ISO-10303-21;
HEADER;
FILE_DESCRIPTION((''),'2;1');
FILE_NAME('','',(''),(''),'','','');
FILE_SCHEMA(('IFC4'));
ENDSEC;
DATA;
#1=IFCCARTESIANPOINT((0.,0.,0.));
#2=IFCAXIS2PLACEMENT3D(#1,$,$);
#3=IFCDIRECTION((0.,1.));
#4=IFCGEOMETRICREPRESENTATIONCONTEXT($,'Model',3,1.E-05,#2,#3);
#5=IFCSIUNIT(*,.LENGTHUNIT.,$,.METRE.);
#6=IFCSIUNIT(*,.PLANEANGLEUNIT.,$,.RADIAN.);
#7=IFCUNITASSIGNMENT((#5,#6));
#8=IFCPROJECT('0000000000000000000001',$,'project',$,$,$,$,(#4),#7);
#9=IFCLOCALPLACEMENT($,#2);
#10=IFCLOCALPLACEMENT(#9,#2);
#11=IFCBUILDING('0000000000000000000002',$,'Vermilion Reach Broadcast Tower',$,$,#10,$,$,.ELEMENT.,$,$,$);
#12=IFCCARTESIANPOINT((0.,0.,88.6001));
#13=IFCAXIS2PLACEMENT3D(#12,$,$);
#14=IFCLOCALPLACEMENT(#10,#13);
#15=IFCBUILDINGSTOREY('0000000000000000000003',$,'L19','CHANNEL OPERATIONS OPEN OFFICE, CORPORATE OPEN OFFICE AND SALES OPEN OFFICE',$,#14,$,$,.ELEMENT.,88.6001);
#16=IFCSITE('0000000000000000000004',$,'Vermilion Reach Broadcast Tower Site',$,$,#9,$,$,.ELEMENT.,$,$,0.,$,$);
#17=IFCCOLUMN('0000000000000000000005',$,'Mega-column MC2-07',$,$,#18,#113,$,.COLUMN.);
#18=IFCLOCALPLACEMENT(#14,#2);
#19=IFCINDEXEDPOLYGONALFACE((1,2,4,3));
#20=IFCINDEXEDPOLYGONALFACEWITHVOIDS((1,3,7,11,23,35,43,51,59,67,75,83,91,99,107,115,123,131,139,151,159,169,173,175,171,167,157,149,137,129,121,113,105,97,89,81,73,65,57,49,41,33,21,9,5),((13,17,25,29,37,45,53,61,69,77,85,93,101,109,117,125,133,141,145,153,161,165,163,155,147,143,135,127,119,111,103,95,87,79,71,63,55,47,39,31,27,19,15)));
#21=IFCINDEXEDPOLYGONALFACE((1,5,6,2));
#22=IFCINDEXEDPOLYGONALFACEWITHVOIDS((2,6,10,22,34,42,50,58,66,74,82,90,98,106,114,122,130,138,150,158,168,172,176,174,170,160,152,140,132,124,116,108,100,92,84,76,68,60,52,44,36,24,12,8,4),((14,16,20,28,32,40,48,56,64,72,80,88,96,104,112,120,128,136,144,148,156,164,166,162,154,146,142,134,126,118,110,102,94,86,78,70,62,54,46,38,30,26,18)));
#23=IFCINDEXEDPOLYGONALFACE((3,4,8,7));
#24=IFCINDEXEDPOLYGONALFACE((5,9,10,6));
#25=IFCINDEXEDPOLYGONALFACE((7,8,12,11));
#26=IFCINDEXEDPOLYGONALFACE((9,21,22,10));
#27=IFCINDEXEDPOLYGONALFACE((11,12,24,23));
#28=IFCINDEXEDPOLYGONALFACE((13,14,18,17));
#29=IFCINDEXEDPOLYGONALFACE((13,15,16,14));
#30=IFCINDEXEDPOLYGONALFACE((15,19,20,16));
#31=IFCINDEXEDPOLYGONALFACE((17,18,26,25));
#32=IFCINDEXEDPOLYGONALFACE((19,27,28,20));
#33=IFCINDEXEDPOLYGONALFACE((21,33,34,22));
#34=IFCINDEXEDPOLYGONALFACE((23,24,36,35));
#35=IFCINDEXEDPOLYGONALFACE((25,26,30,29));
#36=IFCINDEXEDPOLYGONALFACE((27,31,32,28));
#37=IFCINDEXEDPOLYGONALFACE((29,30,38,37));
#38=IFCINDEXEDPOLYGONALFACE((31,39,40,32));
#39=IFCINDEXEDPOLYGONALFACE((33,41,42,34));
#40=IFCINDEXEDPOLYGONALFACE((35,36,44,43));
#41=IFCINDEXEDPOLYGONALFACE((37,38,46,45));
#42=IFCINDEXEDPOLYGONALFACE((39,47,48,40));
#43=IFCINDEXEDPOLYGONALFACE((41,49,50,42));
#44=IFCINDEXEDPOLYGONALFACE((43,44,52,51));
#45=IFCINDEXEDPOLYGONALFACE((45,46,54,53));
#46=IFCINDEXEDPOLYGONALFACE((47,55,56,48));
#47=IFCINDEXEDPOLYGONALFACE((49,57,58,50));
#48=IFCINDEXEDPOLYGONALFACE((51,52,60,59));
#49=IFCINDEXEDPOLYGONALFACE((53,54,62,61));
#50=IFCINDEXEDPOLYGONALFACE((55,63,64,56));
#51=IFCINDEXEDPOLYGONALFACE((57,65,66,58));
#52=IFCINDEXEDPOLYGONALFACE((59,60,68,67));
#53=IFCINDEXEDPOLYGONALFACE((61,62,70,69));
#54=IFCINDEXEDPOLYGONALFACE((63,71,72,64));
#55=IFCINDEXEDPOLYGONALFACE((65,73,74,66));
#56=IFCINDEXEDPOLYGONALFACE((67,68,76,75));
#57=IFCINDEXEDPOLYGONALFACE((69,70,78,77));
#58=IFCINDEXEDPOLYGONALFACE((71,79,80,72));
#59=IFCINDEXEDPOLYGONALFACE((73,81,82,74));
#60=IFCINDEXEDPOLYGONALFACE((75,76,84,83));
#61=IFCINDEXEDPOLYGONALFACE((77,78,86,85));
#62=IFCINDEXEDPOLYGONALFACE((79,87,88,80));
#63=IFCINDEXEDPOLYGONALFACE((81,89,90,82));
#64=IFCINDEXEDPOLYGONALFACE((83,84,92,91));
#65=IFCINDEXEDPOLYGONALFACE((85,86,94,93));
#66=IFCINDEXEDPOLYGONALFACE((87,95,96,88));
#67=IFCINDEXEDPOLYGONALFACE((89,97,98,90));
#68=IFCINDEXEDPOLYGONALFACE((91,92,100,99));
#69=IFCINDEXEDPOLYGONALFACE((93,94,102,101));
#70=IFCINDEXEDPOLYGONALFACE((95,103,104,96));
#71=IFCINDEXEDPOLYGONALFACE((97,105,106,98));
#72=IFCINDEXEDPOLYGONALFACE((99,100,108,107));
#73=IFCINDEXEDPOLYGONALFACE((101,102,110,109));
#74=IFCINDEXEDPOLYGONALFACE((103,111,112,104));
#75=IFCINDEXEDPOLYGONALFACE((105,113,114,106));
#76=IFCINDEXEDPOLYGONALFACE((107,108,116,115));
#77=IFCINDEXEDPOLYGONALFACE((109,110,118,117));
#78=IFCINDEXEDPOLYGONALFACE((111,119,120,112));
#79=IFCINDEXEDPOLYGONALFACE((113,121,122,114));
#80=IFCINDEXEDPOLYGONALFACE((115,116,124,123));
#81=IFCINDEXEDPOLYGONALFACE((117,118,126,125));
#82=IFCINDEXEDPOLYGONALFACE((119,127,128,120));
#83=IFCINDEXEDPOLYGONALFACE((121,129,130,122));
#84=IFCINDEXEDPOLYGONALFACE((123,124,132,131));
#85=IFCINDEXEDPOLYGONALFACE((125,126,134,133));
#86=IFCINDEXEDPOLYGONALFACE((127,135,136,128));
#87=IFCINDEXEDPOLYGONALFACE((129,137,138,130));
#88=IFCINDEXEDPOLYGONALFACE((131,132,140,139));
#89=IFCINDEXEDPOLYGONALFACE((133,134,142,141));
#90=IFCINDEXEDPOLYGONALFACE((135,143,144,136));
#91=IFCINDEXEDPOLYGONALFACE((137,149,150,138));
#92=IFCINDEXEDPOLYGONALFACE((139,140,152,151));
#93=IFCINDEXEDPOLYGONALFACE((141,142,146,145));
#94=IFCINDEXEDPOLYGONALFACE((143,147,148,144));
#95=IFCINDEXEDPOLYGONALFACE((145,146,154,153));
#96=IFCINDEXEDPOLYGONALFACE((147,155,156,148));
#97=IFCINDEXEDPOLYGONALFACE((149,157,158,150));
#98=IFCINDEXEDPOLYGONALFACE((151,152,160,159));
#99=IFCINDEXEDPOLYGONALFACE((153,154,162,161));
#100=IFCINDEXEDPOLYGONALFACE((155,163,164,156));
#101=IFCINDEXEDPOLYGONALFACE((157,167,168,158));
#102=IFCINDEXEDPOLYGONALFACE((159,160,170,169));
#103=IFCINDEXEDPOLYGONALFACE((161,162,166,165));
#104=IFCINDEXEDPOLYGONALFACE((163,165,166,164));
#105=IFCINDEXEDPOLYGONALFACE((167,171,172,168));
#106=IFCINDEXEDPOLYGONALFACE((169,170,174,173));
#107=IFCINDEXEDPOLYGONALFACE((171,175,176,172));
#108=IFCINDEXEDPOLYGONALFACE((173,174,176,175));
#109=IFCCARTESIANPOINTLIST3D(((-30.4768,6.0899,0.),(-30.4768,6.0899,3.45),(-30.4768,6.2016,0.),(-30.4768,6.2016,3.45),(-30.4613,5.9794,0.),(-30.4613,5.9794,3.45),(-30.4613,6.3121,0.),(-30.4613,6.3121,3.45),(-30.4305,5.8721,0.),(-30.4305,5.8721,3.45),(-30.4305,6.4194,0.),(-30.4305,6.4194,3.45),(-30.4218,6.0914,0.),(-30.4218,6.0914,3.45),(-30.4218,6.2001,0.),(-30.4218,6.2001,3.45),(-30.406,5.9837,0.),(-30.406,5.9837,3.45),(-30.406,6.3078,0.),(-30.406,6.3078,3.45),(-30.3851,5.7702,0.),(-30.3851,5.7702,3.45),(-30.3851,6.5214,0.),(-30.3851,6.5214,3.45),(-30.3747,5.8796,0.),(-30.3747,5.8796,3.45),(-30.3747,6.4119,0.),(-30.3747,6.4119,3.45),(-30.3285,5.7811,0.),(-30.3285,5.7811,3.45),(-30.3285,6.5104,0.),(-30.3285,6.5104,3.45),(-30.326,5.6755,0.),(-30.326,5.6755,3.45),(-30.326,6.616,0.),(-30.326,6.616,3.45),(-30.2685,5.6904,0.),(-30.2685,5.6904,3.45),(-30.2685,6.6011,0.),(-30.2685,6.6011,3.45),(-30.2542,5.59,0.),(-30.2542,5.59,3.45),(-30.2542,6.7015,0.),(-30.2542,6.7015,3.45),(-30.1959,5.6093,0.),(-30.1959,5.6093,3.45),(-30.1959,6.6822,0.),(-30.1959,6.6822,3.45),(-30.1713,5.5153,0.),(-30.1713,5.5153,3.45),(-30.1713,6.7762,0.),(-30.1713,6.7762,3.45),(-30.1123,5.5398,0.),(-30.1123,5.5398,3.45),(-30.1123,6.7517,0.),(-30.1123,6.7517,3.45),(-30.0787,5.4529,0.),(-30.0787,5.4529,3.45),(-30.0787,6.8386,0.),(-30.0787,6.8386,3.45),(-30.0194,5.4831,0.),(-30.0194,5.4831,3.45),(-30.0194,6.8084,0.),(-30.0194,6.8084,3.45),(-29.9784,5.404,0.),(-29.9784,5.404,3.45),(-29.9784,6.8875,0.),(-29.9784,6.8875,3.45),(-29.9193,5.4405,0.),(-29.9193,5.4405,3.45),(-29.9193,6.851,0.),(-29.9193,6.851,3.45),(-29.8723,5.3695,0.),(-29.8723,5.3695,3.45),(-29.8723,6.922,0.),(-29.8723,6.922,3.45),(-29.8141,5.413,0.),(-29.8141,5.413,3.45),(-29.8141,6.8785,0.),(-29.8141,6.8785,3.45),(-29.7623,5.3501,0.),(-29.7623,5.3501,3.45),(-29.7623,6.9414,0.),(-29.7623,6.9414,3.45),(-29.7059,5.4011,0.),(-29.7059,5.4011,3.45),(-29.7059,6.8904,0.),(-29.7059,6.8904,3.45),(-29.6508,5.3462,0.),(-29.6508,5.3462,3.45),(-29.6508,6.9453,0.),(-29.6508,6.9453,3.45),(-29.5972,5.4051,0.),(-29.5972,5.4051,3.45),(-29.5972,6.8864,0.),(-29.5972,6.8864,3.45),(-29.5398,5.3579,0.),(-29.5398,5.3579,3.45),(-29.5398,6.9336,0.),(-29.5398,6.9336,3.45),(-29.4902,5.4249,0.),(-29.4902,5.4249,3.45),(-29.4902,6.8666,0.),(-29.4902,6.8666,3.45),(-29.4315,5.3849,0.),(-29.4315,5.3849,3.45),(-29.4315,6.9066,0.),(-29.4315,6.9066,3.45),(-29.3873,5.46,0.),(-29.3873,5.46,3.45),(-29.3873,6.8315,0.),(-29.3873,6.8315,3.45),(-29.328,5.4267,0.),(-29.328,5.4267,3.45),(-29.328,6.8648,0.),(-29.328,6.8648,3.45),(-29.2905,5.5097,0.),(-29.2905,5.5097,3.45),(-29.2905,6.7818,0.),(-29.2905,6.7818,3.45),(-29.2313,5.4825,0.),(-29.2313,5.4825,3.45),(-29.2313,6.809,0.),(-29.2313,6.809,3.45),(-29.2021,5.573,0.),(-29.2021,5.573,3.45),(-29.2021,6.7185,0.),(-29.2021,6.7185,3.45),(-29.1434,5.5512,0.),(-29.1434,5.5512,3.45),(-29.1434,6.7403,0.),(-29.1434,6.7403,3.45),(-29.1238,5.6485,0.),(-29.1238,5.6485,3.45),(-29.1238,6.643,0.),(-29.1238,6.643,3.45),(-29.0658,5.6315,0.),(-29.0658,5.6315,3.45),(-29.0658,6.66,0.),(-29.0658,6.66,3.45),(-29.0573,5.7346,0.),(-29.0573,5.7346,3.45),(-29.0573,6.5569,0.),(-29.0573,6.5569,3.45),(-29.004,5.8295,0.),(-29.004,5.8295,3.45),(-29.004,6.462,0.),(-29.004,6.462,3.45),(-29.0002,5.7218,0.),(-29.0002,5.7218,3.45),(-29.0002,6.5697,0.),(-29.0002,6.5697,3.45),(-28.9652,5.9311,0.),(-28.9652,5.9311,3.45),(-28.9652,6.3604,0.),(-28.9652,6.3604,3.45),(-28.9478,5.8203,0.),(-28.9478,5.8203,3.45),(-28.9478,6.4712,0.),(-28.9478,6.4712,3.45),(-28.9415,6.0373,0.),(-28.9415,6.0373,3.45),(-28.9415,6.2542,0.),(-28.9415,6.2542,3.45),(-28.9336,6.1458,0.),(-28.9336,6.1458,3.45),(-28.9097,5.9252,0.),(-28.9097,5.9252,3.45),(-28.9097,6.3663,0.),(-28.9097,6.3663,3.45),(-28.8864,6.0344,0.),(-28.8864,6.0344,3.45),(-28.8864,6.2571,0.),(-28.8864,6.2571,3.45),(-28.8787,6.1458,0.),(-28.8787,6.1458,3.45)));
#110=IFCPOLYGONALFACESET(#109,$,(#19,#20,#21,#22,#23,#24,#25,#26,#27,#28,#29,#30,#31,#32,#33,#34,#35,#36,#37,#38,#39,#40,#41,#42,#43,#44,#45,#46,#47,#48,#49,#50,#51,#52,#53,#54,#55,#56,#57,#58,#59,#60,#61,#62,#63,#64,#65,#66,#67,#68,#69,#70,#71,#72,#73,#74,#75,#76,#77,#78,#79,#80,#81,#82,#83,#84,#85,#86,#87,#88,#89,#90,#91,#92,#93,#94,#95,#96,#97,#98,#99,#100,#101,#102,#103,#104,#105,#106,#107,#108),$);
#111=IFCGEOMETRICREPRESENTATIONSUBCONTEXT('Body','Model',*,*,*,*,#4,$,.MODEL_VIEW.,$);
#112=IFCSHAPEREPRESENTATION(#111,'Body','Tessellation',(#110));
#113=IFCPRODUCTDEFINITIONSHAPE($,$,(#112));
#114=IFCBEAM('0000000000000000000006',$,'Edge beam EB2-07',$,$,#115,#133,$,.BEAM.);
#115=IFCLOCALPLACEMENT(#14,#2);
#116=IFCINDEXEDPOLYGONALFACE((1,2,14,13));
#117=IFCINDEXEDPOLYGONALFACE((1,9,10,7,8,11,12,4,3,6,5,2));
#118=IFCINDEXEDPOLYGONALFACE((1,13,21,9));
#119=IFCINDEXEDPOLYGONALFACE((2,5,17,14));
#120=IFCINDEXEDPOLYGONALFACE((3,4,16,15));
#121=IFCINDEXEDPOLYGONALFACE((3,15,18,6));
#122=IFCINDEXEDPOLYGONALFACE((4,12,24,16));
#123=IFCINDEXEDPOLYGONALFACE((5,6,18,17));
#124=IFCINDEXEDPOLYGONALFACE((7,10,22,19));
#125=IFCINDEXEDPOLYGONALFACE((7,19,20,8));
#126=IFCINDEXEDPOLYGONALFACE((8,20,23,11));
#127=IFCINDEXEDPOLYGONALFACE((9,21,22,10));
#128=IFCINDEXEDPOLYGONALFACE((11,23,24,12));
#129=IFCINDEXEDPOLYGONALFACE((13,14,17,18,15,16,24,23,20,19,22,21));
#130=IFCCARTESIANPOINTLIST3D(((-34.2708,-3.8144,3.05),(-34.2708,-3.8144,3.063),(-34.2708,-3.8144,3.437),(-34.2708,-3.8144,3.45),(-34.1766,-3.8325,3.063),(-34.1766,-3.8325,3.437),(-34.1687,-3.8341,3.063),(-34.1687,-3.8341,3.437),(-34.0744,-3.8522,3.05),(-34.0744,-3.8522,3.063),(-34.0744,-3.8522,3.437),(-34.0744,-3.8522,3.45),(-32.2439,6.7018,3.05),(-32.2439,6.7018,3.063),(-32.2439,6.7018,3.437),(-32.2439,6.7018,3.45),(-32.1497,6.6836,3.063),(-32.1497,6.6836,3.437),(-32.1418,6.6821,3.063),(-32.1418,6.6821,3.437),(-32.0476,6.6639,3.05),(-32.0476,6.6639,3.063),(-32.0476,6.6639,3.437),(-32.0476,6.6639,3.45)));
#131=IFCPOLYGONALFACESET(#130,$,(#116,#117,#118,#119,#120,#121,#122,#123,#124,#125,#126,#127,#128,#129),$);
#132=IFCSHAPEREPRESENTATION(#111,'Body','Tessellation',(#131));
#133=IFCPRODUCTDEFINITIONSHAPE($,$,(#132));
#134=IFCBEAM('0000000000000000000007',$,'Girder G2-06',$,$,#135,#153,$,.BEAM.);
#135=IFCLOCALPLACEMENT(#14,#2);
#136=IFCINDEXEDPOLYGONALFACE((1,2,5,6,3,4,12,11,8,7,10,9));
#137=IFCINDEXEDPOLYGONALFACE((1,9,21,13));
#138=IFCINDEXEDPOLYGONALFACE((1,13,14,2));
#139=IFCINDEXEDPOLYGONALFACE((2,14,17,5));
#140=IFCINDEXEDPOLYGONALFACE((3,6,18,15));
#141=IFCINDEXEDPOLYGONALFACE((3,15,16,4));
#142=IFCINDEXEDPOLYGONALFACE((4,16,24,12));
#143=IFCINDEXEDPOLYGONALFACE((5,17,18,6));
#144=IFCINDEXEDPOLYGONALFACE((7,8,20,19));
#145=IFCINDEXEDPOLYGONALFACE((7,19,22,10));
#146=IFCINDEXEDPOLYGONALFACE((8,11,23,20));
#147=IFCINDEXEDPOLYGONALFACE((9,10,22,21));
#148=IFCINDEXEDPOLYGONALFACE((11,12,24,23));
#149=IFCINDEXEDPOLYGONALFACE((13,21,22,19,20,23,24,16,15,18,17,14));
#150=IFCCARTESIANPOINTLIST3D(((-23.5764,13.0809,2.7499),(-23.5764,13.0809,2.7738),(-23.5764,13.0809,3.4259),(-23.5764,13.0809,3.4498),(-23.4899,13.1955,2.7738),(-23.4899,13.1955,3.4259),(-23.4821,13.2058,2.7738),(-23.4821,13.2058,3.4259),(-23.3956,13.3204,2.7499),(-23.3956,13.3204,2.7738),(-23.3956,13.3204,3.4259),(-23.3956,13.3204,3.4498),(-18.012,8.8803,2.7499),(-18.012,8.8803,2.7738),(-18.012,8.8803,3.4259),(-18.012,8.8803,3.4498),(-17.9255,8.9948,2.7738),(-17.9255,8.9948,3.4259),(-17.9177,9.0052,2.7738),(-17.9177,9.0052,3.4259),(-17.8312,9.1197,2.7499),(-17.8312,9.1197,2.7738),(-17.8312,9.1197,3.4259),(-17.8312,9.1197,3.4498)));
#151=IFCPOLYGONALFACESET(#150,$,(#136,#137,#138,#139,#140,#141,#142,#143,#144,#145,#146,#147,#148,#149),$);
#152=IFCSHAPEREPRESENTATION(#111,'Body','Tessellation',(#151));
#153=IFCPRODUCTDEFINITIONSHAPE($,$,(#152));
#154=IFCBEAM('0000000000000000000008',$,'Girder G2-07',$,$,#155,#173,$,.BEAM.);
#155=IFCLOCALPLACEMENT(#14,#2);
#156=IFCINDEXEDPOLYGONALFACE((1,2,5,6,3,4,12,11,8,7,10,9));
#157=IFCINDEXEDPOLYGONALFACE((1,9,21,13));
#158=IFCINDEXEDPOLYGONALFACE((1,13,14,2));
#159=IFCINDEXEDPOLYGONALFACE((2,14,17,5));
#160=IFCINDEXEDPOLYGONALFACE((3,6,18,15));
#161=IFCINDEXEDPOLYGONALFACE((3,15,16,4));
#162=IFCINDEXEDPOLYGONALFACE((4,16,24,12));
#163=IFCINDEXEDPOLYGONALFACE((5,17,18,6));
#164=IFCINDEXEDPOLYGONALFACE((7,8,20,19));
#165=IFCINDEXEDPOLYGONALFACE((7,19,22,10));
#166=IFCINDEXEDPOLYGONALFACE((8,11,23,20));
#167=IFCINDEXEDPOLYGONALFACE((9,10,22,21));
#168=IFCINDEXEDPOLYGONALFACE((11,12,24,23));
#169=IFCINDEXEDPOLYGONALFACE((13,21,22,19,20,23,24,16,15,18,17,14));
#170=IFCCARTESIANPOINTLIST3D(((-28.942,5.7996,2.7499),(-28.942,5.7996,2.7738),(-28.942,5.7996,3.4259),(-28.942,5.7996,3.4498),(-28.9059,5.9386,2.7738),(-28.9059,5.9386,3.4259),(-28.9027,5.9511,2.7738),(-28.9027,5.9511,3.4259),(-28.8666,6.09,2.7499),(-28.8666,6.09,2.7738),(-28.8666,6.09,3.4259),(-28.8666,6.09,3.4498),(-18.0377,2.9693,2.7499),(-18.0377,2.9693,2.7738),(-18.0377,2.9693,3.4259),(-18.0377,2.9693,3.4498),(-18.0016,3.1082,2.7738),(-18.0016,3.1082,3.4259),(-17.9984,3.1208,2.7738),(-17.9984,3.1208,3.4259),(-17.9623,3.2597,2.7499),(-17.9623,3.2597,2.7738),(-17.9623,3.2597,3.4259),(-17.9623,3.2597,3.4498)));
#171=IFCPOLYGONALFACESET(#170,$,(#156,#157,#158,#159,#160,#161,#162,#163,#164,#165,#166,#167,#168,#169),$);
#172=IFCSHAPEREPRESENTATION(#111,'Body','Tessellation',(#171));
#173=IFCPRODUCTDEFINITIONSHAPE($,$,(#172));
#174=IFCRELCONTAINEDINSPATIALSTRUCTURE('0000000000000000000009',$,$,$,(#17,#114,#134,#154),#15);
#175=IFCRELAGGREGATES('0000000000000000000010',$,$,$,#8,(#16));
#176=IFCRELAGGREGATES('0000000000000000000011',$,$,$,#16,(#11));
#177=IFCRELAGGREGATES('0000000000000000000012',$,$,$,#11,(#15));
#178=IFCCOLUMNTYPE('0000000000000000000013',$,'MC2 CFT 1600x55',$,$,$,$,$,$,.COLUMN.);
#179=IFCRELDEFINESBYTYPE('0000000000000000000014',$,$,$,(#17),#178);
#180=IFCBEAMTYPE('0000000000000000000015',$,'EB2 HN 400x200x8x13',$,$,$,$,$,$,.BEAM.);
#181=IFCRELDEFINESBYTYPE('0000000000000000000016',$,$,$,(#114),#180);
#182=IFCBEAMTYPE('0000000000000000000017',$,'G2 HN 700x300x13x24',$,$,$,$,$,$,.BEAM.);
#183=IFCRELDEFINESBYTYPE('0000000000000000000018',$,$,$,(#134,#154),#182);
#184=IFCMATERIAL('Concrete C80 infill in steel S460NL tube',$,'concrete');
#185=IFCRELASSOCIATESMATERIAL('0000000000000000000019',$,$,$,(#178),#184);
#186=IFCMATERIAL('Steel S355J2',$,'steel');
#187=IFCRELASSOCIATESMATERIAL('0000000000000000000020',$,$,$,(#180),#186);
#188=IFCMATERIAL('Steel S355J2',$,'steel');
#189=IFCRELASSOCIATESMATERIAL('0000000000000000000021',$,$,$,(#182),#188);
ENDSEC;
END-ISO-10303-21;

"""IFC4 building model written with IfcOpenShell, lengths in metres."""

from ifc_helpers import new_model, si_unit, direction, frame, origin, origin_2d, place, context, subcontext, project, spatial, hollow_circle, i_section, extrude, material, material_profile, profile_set, type_object, element, save


model = new_model("IFC4")

# Units and contexts
model_context = context("Model", 3, precision=1e-05, world=origin(), true_north=direction((0.0, 1.0)))
body_context = subcontext(model_context, "Body", "Model", "MODEL_VIEW")
ifc_project = project(units=[si_unit("LENGTHUNIT", "METRE"), si_unit("PLANEANGLEUNIT", "RADIAN")], contexts=[model_context])

# Site, building, storey
site_placement = place(None, origin())
site = spatial("IfcSite", under=ifc_project, at=site_placement, Name="Vermilion Reach Broadcast Tower Site", CompositionType="ELEMENT", RefElevation=0.0)
building_placement = place(site_placement, origin())
building = spatial("IfcBuilding", under=site, at=building_placement, Name="Vermilion Reach Broadcast Tower", CompositionType="ELEMENT")
storey_placement = place(building_placement, frame((0.0, 0.0, 88.6001)))
storey = spatial("IfcBuildingStorey", under=building, at=storey_placement, Name="L19", Description="CHANNEL OPERATIONS OPEN OFFICE, CORPORATE OPEN OFFICE AND SALES OPEN OFFICE", CompositionType="ELEMENT", Elevation=88.6001)

# Column
ifc_material_1 = material(Name="Concrete C80 infill in steel S460NL tube", Category="concrete")
ifc_material_profile_1 = material_profile(ifc_material_1, hollow_circle(Radius=0.8, WallThickness=0.0549, at=origin_2d()), Name="Concrete C80 infill in steel S460NL tube CFT 1600x55")
ifc_profile_set_1 = profile_set([ifc_material_profile_1], Name="Concrete C80 infill in steel S460NL tube")
column_type = type_object("IfcColumnType", Name="MC2 CFT 1600x55", PredefinedType="COLUMN", material=ifc_profile_set_1)
column_placement = place(storey_placement, frame((-29.6787, 6.1458, 0.0), z_axis=(0.0, 0.0, 1.0), x_axis=(1.0, 0.0, 0.0)))
element("IfcColumn", 1, at=column_placement, inside=storey, type_object=column_type, Name="Mega-column MC2-07", PredefinedType="COLUMN", context=body_context, shape_type="SweptSolid", body=[
    extrude(hollow_circle(Radius=0.8, WallThickness=0.0549, at=origin_2d()), origin(), (0.0, 0.0, 1.0), 3.45),
])

# Beams
ifc_material_2 = material(Name="Steel S355J2", Category="steel")
ifc_material_profile_2 = material_profile(ifc_material_2, i_section(OverallWidth=0.2, OverallDepth=0.3999, WebThickness=0.0081, FlangeThickness=0.0129, at=origin_2d()), Name="S355J2 HN 400x200x8x13")
ifc_profile_set_2 = profile_set([ifc_material_profile_2], Name="Steel S355J2")
beam_type_1 = type_object("IfcBeamType", Name="EB2 HN 400x200x8x13", PredefinedType="BEAM", material=ifc_profile_set_2)
beam_1_placement = place(storey_placement, frame((-32.1458, 6.6829, 3.25), z_axis=(-0.189255, -0.981928, 0.0), x_axis=(0.981928, -0.189255, 0.0)))
element("IfcBeam", 2, at=beam_1_placement, inside=storey, type_object=beam_type_1, Name="Edge beam EB2-07", PredefinedType="BEAM", context=body_context, shape_type="SweptSolid", body=[
    extrude(i_section(OverallWidth=0.2, OverallDepth=0.3999, WebThickness=0.0081, FlangeThickness=0.0129, at=origin_2d()), origin(), (0.0, 0.0, 1.0), 10.7097),
])
ifc_material_3 = material(Name="Steel S355J2", Category="steel")
ifc_material_profile_3 = material_profile(ifc_material_3, i_section(OverallWidth=0.3, OverallDepth=0.7, WebThickness=0.0129, FlangeThickness=0.0239, at=origin_2d()), Name="S355J2 HN 700x300x13x24")
ifc_profile_set_3 = profile_set([ifc_material_profile_3], Name="Steel S355J2")
beam_type_2 = type_object("IfcBeamType", Name="G2 HN 700x300x13x24", PredefinedType="BEAM", material=ifc_profile_set_3)
beam_2_placement = place(storey_placement, frame((-17.9216, 9.0, 3.0999), z_axis=(-0.798114, 0.602507, 0.0), x_axis=(-0.602507, -0.798114, 0.0)))
element("IfcBeam", 3, at=beam_2_placement, inside=storey, type_object=beam_type_2, Name="Girder G2-06", PredefinedType="BEAM", context=body_context, shape_type="SweptSolid", body=[
    extrude(i_section(OverallWidth=0.3, OverallDepth=0.7, WebThickness=0.0129, FlangeThickness=0.0239, at=origin_2d()), origin(), (0.0, 0.0, 1.0), 6.9719),
])
beam_3_placement = place(storey_placement, frame((-18.0, 3.1145, 3.0999), z_axis=(-0.967926, 0.251235, 0.0), x_axis=(-0.251235, -0.967926, 0.0)))
element("IfcBeam", 4, at=beam_3_placement, inside=storey, type_object=beam_type_2, Name="Girder G2-07", PredefinedType="BEAM", context=body_context, shape_type="SweptSolid", body=[
    extrude(i_section(OverallWidth=0.3, OverallDepth=0.7, WebThickness=0.0129, FlangeThickness=0.0239, at=origin_2d()), origin(), (0.0, 0.0, 1.0), 11.2656),
])

save(model, "model.ifc")
